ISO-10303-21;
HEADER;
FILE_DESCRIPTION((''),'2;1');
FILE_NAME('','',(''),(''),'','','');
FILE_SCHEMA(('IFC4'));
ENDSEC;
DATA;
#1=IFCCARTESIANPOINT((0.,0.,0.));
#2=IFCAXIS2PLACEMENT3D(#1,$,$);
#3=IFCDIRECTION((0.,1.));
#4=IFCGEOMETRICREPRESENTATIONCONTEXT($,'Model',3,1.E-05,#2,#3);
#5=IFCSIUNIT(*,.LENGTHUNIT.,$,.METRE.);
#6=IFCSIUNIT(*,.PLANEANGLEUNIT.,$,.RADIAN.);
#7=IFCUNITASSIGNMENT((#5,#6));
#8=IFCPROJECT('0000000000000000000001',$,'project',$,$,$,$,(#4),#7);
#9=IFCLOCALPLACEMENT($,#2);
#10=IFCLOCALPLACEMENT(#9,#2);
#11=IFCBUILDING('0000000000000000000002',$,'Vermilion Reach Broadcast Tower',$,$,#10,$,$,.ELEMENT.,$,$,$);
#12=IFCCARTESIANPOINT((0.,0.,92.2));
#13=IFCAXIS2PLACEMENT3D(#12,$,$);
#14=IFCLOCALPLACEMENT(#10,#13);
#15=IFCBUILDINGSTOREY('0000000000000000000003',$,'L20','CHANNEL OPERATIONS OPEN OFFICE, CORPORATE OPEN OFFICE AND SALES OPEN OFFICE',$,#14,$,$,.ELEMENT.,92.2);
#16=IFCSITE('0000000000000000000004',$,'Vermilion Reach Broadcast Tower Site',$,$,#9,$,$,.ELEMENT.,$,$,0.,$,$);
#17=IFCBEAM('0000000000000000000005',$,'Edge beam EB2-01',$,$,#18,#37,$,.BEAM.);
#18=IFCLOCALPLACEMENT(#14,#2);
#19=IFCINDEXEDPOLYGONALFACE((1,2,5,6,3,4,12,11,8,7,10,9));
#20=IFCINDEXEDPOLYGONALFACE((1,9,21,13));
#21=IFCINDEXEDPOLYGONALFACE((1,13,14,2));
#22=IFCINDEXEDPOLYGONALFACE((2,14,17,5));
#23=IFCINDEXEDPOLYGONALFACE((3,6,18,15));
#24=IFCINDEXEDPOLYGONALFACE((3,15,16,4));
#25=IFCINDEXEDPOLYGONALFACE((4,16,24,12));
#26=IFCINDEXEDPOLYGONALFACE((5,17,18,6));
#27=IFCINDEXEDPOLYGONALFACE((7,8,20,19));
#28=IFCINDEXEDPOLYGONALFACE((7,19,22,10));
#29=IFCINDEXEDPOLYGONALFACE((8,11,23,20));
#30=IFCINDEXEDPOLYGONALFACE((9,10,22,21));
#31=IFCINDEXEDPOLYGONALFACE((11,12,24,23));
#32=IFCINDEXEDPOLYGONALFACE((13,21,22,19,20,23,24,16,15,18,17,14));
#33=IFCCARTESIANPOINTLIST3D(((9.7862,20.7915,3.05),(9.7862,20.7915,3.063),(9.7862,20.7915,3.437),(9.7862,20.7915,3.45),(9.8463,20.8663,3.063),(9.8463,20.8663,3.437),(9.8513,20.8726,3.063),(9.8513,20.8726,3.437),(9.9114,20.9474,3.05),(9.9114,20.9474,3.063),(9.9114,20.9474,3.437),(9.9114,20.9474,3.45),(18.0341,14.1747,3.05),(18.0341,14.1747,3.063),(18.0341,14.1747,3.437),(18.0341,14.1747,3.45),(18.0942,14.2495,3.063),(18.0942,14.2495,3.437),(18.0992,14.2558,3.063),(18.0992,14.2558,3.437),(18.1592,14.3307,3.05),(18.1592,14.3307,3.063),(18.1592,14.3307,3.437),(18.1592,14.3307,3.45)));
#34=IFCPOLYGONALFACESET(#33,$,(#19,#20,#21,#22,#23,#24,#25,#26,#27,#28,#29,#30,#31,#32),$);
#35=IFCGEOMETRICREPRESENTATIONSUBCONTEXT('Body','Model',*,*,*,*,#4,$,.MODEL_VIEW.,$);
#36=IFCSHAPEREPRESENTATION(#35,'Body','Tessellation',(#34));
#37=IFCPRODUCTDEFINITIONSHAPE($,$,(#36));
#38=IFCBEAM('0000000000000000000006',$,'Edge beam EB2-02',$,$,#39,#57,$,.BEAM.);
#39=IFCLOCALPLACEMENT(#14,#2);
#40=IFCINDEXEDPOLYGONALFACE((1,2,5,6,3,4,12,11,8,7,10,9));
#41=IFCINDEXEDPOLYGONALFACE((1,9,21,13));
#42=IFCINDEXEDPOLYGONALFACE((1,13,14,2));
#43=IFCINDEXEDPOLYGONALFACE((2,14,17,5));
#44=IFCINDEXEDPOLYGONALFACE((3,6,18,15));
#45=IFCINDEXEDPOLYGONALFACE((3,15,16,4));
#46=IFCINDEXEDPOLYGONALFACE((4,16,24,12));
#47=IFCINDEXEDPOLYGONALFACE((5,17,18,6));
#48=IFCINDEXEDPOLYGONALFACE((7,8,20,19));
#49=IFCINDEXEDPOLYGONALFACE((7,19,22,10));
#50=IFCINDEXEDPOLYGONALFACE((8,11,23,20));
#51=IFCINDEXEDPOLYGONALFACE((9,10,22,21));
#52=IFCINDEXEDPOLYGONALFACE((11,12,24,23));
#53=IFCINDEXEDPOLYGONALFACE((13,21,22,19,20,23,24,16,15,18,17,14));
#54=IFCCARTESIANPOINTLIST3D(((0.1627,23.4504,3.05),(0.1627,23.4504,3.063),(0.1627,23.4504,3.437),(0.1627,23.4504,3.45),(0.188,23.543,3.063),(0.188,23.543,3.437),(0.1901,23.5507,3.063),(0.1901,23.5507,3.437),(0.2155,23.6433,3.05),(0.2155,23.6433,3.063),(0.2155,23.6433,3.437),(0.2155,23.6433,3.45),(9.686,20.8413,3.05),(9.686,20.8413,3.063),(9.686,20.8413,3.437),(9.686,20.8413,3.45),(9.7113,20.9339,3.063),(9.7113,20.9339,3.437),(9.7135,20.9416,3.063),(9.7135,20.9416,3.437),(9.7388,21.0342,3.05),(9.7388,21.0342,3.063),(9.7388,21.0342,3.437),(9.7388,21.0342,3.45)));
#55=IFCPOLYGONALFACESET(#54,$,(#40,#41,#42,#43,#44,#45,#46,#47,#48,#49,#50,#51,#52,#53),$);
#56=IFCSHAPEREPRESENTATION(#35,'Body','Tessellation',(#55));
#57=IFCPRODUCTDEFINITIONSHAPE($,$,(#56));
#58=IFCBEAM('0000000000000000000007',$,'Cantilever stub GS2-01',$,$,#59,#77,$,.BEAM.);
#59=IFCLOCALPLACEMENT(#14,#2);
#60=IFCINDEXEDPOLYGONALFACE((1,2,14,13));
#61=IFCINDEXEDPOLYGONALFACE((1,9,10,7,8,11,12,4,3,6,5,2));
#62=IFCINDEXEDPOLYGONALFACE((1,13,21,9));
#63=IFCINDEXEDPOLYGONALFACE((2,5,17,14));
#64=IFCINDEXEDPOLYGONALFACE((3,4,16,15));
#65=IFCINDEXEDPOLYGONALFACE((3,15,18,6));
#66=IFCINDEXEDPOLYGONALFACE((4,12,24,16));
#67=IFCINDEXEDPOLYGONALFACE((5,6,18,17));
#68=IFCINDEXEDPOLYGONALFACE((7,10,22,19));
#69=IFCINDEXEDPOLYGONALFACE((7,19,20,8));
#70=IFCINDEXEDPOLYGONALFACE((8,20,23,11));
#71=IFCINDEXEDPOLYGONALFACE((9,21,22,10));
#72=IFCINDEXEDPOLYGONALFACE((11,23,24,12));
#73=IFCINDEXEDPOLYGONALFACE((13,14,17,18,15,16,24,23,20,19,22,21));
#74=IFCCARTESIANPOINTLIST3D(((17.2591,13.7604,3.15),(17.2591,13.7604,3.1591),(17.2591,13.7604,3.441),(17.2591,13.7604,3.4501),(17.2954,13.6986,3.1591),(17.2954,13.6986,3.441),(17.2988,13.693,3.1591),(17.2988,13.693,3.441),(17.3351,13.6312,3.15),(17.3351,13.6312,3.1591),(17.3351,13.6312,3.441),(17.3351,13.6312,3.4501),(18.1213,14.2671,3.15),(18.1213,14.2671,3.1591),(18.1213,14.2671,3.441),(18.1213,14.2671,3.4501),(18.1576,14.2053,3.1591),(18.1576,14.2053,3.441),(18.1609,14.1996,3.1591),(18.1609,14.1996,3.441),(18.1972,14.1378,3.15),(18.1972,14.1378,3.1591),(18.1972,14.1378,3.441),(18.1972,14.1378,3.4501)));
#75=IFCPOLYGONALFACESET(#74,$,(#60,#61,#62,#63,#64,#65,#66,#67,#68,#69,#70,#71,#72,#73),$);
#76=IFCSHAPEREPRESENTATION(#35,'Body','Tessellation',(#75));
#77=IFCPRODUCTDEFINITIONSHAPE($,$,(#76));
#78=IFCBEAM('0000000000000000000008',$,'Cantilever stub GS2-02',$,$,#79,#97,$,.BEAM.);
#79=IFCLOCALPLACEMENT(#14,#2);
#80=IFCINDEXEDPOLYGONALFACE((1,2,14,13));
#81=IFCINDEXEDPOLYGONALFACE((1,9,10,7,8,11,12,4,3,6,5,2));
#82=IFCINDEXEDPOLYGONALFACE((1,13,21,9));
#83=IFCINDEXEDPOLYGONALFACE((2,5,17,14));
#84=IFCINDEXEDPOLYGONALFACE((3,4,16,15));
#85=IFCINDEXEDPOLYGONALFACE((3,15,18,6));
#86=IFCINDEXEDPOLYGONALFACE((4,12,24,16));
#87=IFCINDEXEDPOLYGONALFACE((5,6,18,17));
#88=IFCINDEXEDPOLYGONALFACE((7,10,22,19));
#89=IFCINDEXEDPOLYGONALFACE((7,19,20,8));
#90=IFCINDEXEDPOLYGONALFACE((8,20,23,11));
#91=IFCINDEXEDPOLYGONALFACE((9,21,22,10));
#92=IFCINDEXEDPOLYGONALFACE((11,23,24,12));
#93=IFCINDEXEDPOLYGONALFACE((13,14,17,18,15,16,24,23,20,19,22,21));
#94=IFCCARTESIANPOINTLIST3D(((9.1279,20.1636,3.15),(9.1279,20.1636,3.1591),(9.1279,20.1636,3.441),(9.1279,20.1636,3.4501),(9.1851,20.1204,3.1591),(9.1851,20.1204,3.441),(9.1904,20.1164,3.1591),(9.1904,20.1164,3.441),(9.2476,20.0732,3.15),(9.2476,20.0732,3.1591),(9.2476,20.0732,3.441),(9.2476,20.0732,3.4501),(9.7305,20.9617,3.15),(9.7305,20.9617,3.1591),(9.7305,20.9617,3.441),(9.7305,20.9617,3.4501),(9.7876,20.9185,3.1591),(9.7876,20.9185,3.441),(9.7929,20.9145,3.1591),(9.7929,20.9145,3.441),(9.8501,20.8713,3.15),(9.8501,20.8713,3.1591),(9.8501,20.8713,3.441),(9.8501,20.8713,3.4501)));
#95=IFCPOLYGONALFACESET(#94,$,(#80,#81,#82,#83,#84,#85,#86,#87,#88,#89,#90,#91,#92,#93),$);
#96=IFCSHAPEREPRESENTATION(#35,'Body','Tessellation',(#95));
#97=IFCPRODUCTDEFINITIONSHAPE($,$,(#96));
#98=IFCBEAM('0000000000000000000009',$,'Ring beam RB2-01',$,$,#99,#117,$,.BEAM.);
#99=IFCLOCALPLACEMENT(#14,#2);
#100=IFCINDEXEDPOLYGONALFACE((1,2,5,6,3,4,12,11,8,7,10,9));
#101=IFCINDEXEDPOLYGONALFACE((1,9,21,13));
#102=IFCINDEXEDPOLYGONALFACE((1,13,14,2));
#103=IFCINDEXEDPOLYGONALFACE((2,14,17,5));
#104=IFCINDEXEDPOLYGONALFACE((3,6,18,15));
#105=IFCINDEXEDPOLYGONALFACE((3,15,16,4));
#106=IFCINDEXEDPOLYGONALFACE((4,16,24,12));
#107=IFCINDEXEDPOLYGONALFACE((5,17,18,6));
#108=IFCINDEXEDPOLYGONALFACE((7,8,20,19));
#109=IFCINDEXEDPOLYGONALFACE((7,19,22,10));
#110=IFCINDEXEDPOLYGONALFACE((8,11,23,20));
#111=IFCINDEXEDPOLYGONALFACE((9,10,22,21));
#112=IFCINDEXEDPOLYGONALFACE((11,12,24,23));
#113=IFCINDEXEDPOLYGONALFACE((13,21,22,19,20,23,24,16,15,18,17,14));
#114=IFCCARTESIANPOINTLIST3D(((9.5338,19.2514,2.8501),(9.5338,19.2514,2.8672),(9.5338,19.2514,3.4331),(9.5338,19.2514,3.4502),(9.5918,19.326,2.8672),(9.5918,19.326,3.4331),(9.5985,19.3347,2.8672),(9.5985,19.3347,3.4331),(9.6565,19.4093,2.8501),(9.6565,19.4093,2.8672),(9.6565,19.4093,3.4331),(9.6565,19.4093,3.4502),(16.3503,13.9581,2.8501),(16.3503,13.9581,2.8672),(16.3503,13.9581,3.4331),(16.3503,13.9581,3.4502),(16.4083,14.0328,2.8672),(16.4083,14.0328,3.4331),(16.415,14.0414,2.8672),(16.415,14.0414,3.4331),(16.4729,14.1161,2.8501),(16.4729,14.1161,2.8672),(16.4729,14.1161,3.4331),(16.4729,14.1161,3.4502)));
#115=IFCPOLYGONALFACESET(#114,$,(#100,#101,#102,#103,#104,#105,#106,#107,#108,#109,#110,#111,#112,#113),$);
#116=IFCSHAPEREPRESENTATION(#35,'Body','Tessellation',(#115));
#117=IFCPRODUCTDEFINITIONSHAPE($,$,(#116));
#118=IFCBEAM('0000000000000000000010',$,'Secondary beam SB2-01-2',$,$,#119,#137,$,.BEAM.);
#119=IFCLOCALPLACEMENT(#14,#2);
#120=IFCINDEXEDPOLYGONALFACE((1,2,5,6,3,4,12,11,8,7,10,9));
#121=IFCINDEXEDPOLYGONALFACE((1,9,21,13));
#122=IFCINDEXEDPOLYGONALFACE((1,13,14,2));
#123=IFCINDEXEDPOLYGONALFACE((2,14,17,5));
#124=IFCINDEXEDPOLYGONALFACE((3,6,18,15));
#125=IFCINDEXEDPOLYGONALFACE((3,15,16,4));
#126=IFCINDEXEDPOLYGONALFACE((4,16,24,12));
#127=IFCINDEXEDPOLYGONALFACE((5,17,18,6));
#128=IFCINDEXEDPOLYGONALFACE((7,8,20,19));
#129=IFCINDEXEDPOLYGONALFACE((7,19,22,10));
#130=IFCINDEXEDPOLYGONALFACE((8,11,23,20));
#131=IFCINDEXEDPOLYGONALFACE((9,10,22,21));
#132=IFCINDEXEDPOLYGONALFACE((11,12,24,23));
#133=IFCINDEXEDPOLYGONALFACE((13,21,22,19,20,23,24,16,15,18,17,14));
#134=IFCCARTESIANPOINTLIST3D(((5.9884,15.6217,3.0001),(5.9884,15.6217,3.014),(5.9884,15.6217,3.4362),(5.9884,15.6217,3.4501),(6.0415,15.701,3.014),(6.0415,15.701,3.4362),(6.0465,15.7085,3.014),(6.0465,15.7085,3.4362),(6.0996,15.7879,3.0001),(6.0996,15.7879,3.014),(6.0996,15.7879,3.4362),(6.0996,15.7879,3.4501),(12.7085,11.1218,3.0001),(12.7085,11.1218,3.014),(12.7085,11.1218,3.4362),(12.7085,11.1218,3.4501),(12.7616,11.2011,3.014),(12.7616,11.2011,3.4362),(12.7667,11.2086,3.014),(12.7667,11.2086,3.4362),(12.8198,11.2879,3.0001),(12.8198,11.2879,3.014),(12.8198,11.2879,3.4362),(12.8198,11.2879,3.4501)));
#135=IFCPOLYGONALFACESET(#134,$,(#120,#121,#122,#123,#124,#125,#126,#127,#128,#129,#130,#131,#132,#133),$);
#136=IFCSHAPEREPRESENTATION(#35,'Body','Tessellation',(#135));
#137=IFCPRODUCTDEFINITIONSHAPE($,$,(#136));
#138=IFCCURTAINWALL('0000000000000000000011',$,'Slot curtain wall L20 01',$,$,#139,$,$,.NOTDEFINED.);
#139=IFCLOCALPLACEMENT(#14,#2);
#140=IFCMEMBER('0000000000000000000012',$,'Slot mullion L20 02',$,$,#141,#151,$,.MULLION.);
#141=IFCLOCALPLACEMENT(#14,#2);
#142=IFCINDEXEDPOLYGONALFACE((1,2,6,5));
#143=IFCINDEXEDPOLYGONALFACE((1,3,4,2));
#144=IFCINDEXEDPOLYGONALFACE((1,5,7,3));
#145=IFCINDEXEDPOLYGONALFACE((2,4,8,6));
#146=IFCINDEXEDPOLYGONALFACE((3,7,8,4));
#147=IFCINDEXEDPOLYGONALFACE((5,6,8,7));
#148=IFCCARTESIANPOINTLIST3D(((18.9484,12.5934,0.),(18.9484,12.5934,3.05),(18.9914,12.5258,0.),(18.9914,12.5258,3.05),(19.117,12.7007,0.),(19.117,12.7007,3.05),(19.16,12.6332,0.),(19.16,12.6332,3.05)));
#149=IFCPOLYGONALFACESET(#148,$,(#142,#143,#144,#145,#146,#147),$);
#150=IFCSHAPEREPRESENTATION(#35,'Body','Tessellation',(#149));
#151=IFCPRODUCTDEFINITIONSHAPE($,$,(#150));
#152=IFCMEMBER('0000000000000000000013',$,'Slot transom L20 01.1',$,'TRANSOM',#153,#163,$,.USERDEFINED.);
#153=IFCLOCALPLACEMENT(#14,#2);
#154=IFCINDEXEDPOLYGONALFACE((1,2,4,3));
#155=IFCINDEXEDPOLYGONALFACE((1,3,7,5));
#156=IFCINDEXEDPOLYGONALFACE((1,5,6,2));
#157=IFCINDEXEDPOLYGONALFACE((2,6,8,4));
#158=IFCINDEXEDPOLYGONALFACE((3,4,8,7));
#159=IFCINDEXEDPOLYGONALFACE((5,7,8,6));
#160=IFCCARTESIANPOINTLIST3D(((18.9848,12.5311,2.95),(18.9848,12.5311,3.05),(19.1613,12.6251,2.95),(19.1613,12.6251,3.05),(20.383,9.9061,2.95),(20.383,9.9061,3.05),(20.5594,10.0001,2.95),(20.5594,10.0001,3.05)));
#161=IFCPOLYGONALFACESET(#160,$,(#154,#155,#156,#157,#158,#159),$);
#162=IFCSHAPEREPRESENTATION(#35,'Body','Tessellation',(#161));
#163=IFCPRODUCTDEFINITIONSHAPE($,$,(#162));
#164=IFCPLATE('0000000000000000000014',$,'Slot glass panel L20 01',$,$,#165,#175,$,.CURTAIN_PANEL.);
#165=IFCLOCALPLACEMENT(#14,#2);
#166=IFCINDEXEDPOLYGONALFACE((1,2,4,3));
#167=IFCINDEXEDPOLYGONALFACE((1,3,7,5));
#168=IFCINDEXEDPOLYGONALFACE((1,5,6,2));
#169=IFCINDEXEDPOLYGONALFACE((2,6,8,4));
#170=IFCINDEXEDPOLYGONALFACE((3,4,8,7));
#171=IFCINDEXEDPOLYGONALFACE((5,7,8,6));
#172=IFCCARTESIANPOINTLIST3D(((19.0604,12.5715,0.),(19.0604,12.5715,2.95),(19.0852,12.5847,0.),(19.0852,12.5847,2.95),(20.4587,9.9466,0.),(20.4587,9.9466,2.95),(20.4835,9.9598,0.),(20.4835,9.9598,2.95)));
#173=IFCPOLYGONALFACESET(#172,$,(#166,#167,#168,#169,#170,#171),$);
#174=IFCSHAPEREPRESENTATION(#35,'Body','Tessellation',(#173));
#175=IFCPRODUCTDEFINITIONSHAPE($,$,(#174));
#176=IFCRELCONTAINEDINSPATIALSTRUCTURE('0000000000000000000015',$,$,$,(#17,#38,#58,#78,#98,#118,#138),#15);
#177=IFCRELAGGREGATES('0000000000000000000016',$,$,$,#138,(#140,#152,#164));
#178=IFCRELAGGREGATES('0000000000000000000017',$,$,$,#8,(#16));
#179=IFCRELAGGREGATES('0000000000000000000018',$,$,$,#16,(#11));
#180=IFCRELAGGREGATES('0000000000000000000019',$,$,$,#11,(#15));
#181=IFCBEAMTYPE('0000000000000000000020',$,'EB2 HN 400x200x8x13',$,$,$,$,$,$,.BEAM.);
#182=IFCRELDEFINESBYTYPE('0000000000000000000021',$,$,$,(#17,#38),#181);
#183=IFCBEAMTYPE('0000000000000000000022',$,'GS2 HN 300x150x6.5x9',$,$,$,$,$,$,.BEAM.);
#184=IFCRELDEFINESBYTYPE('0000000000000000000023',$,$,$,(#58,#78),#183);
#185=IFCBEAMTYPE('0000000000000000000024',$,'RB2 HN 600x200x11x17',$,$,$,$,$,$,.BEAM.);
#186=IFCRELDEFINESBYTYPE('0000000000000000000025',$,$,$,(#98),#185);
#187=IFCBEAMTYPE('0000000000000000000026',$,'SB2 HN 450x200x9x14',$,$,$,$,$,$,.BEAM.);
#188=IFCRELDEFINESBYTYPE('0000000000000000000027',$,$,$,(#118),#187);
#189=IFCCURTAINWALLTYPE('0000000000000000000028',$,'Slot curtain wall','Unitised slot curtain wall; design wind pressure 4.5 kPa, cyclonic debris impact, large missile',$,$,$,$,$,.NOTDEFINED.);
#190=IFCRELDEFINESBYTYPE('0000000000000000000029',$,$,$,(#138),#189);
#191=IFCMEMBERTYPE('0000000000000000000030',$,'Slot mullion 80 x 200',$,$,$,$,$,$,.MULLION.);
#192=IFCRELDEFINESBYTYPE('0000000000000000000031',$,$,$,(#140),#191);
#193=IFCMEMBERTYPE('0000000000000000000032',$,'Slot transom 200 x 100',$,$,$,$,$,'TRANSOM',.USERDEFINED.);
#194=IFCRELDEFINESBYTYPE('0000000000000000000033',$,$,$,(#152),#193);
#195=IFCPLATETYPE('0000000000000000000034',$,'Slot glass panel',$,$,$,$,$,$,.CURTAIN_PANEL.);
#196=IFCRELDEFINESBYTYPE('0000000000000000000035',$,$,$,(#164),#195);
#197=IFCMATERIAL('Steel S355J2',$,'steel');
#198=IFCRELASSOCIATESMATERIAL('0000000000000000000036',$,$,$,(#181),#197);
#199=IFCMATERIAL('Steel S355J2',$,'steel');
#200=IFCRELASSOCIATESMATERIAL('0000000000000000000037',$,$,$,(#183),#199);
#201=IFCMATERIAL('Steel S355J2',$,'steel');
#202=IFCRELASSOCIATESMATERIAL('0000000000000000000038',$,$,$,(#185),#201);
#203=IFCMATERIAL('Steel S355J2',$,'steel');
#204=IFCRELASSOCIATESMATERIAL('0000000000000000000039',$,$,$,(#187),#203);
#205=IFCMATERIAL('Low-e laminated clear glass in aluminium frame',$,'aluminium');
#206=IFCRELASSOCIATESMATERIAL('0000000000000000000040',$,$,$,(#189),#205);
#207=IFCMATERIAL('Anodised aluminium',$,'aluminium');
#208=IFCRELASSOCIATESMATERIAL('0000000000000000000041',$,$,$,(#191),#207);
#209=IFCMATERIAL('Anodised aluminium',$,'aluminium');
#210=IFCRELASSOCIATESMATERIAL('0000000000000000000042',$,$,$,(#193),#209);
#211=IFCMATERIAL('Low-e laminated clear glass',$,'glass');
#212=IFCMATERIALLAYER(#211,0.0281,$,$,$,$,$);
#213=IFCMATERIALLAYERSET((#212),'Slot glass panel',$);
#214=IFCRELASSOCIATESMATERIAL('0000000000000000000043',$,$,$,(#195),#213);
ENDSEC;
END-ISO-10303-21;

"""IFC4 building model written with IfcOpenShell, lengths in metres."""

from ifc_helpers import new_model, si_unit, direction, frame, origin, origin_2d, place, context, subcontext, project, spatial, rectangle, i_section, extrude, material, layer, layer_set, material_profile, profile_set, type_object, element, aggregate, save


model = new_model("IFC4")

# Units and contexts
model_context = context("Model", 3, precision=1e-05, world=origin(), true_north=direction((0.0, 1.0)))
body_context = subcontext(model_context, "Body", "Model", "MODEL_VIEW")
ifc_project = project(units=[si_unit("LENGTHUNIT", "METRE"), si_unit("PLANEANGLEUNIT", "RADIAN")], contexts=[model_context])

# Site, building, storey
site_placement = place(None, origin())
site = spatial("IfcSite", under=ifc_project, at=site_placement, Name="Vermilion Reach Broadcast Tower Site", CompositionType="ELEMENT", RefElevation=0.0)
building_placement = place(site_placement, origin())
building = spatial("IfcBuilding", under=site, at=building_placement, Name="Vermilion Reach Broadcast Tower", CompositionType="ELEMENT")
storey_placement = place(building_placement, frame((0.0, 0.0, 92.2)))
storey = spatial("IfcBuildingStorey", under=building, at=storey_placement, Name="L20", Description="CHANNEL OPERATIONS OPEN OFFICE, CORPORATE OPEN OFFICE AND SALES OPEN OFFICE", CompositionType="ELEMENT", Elevation=92.2)

# Beams
ifc_material_1 = material(Name="Steel S355J2", Category="steel")
ifc_material_profile_1 = material_profile(ifc_material_1, i_section(OverallWidth=0.2, OverallDepth=0.3999, WebThickness=0.0081, FlangeThickness=0.0129, at=origin_2d()), Name="S355J2 HN 400x200x8x13")
ifc_profile_set_1 = profile_set([ifc_material_profile_1], Name="Steel S355J2")
beam_type_1 = type_object("IfcBeamType", Name="EB2 HN 400x200x8x13", PredefinedType="BEAM", material=ifc_profile_set_1)
beam_1_placement = place(storey_placement, frame((18.0967, 14.2527, 3.25), z_axis=(-0.780017, 0.625759, 0.0), x_axis=(-0.625759, -0.780017, 0.0)))
element("IfcBeam", 1, at=beam_1_placement, inside=storey, type_object=beam_type_1, Name="Edge beam EB2-01", PredefinedType="BEAM", context=body_context, shape_type="SweptSolid", body=[
    extrude(i_section(OverallWidth=0.2, OverallDepth=0.3999, WebThickness=0.0081, FlangeThickness=0.0129, at=origin_2d()), origin(), (0.0, 0.0, 1.0), 10.574),
])
beam_2_placement = place(storey_placement, frame((9.7124, 20.9377, 3.25), z_axis=(-0.964459, 0.264232, 0.0), x_axis=(-0.264232, -0.964459, 0.0)))
element("IfcBeam", 2, at=beam_2_placement, inside=storey, type_object=beam_type_1, Name="Edge beam EB2-02", PredefinedType="BEAM", context=body_context, shape_type="SweptSolid", body=[
    extrude(i_section(OverallWidth=0.2, OverallDepth=0.3999, WebThickness=0.0081, FlangeThickness=0.0129, at=origin_2d()), origin(), (0.0, 0.0, 1.0), 9.8743),
])
ifc_material_2 = material(Name="Steel S355J2", Category="steel")
ifc_material_profile_2 = material_profile(ifc_material_2, i_section(OverallWidth=0.1499, OverallDepth=0.3, WebThickness=0.0066, FlangeThickness=0.009, at=origin_2d()), Name="S355J2 HN 300x150x6.5x9")
ifc_profile_set_2 = profile_set([ifc_material_profile_2], Name="Steel S355J2")
beam_type_2 = type_object("IfcBeamType", Name="GS2 HN 300x150x6.5x9", PredefinedType="BEAM", material=ifc_profile_set_2)
for number, where, z_axis, x_axis, name in (
    (3, (17.2971, 13.6958, 3.3), (0.862154, 0.506647, 0.0), (-0.506647, 0.862154, 0.0), "Cantilever stub GS2-01"),
    (4, (9.1877, 20.1184, 3.3), (0.602536, 0.798092, 0.0), (-0.798092, 0.602536, 0.0), "Cantilever stub GS2-02"),
):
    element("IfcBeam", number, at=place(storey_placement, frame(where, z_axis=z_axis, x_axis=x_axis)), inside=storey, type_object=beam_type_2, Name=name, PredefinedType="BEAM", context=body_context, shape_type="SweptSolid", body=[
        extrude(i_section(OverallWidth=0.1499, OverallDepth=0.3, WebThickness=0.0066, FlangeThickness=0.009, at=origin_2d()), origin(), (0.0, 0.0, 1.0), 1.0),
    ])
ifc_material_3 = material(Name="Steel S355J2", Category="steel")
ifc_material_profile_3 = material_profile(ifc_material_3, i_section(OverallWidth=0.2, OverallDepth=0.6001, WebThickness=0.011, FlangeThickness=0.0171, at=origin_2d()), Name="S355J2 HN 600x200x11x17")
ifc_profile_set_3 = profile_set([ifc_material_profile_3], Name="Steel S355J2")
beam_type_3 = type_object("IfcBeamType", Name="RB2 HN 600x200x11x17", PredefinedType="BEAM", material=ifc_profile_set_3)
beam_3_placement = place(storey_placement, frame((16.4116, 14.0371, 3.1501), z_axis=(-0.789826, 0.613331, 0.0), x_axis=(-0.613331, -0.789826, 0.0)))
element("IfcBeam", 5, at=beam_3_placement, inside=storey, type_object=beam_type_3, Name="Ring beam RB2-01", PredefinedType="BEAM", context=body_context, shape_type="SweptSolid", body=[
    extrude(i_section(OverallWidth=0.2, OverallDepth=0.6001, WebThickness=0.011, FlangeThickness=0.0171, at=origin_2d()), origin(), (0.0, 0.0, 1.0), 8.6304),
])
ifc_material_4 = material(Name="Steel S355J2", Category="steel")
ifc_material_profile_4 = material_profile(ifc_material_4, i_section(OverallWidth=0.2, OverallDepth=0.45, WebThickness=0.009, FlangeThickness=0.0139, at=origin_2d()), Name="S355J2 HN 450x200x9x14")
ifc_profile_set_4 = profile_set([ifc_material_profile_4], Name="Steel S355J2")
beam_type_4 = type_object("IfcBeamType", Name="SB2 HN 450x200x9x14", PredefinedType="BEAM", material=ifc_profile_set_4)
beam_4_placement = place(storey_placement, frame((12.7642, 11.2048, 3.2251), z_axis=(-0.830915, 0.556399, 0.0), x_axis=(-0.556399, -0.830915, 0.0)))
element("IfcBeam", 6, at=beam_4_placement, inside=storey, type_object=beam_type_4, Name="Secondary beam SB2-01-2", PredefinedType="BEAM", context=body_context, shape_type="SweptSolid", body=[
    extrude(i_section(OverallWidth=0.2, OverallDepth=0.45, WebThickness=0.009, FlangeThickness=0.0139, at=origin_2d()), origin(), (0.0, 0.0, 1.0), 8.0876),
])

# Curtain wall, members, plate
ifc_material_5 = material(Name="Low-e laminated clear glass in aluminium frame", Category="aluminium")
curtain_wall_type = type_object("IfcCurtainWallType", Name="Slot curtain wall", Description="Unitised slot curtain wall; design wind pressure 4.5 kPa, cyclonic debris impact, large missile", PredefinedType="NOTDEFINED", material=ifc_material_5)
curtain_wall_placement = place(storey_placement, origin())
curtain_wall = element("IfcCurtainWall", 7, at=curtain_wall_placement, inside=storey, type_object=curtain_wall_type, Name="Slot curtain wall L20 01", PredefinedType="NOTDEFINED")
ifc_material_6 = material(Name="Anodised aluminium", Category="aluminium")
ifc_material_profile_5 = material_profile(ifc_material_6, rectangle(XDim=0.2, YDim=0.0801, at=origin_2d()), Name="Slot mullion 80 x 200")
ifc_profile_set_5 = profile_set([ifc_material_profile_5], Name="Anodised aluminium")
member_type_1 = type_object("IfcMemberType", Name="Slot mullion 80 x 200", PredefinedType="MULLION", material=ifc_profile_set_5)
member_1_placement = place(storey_placement, frame((19.0542, 12.6133, 0.0), z_axis=(0.0, 0.0, 1.0), x_axis=(-0.843641, -0.536908, 0.0)))
member_1 = element("IfcMember", 8, at=member_1_placement, type_object=member_type_1, Name="Slot mullion L20 02", PredefinedType="MULLION", context=body_context, shape_type="SweptSolid", body=[
    extrude(rectangle(XDim=0.2, YDim=0.0801, at=origin_2d()), origin(), (0.0, 0.0, 1.0), 3.05),
])
ifc_material_7 = material(Name="Anodised aluminium", Category="aluminium")
ifc_material_profile_6 = material_profile(ifc_material_7, rectangle(XDim=0.2, YDim=0.1001, at=origin_2d()), Name="Slot transom 200 x 100")
ifc_profile_set_6 = profile_set([ifc_material_profile_6], Name="Anodised aluminium")
member_type_2 = type_object("IfcMemberType", Name="Slot transom 200 x 100", ElementType="TRANSOM", PredefinedType="USERDEFINED", material=ifc_profile_set_6)
member_2_placement = place(storey_placement, frame((20.4712, 9.9531, 3.0), z_axis=(-0.470115, 0.882605, 0.0), x_axis=(-0.882605, -0.470115, 0.0)))
member_2 = element("IfcMember", 9, at=member_2_placement, type_object=member_type_2, Name="Slot transom L20 01.1", ObjectType="TRANSOM", PredefinedType="USERDEFINED", context=body_context, shape_type="SweptSolid", body=[
    extrude(rectangle(XDim=0.2, YDim=0.1001, at=origin_2d()), origin(), (0.0, 0.0, 1.0), 2.9741),
])
ifc_material_8 = material(Name="Low-e laminated clear glass", Category="glass")
ifc_layer_1 = layer(ifc_material_8, 0.0281)
ifc_layer_set_1 = layer_set([ifc_layer_1], Name="Slot glass panel")
plate_type = type_object("IfcPlateType", Name="Slot glass panel", PredefinedType="CURTAIN_PANEL", material=ifc_layer_set_1)
plate_placement = place(storey_placement, frame((19.772, 11.2656, 0.0), z_axis=(0.0, 0.0, 1.0), x_axis=(-0.470158, 0.882582, 0.0)))
plate = element("IfcPlate", 10, at=plate_placement, type_object=plate_type, Name="Slot glass panel L20 01", PredefinedType="CURTAIN_PANEL", context=body_context, shape_type="SweptSolid", body=[
    extrude(rectangle(XDim=2.9741, YDim=0.0281, at=origin_2d()), origin(), (0.0, 0.0, 1.0), 2.95),
])
aggregate(curtain_wall, [member_1, member_2, plate])

save(model, "model.ifc")
